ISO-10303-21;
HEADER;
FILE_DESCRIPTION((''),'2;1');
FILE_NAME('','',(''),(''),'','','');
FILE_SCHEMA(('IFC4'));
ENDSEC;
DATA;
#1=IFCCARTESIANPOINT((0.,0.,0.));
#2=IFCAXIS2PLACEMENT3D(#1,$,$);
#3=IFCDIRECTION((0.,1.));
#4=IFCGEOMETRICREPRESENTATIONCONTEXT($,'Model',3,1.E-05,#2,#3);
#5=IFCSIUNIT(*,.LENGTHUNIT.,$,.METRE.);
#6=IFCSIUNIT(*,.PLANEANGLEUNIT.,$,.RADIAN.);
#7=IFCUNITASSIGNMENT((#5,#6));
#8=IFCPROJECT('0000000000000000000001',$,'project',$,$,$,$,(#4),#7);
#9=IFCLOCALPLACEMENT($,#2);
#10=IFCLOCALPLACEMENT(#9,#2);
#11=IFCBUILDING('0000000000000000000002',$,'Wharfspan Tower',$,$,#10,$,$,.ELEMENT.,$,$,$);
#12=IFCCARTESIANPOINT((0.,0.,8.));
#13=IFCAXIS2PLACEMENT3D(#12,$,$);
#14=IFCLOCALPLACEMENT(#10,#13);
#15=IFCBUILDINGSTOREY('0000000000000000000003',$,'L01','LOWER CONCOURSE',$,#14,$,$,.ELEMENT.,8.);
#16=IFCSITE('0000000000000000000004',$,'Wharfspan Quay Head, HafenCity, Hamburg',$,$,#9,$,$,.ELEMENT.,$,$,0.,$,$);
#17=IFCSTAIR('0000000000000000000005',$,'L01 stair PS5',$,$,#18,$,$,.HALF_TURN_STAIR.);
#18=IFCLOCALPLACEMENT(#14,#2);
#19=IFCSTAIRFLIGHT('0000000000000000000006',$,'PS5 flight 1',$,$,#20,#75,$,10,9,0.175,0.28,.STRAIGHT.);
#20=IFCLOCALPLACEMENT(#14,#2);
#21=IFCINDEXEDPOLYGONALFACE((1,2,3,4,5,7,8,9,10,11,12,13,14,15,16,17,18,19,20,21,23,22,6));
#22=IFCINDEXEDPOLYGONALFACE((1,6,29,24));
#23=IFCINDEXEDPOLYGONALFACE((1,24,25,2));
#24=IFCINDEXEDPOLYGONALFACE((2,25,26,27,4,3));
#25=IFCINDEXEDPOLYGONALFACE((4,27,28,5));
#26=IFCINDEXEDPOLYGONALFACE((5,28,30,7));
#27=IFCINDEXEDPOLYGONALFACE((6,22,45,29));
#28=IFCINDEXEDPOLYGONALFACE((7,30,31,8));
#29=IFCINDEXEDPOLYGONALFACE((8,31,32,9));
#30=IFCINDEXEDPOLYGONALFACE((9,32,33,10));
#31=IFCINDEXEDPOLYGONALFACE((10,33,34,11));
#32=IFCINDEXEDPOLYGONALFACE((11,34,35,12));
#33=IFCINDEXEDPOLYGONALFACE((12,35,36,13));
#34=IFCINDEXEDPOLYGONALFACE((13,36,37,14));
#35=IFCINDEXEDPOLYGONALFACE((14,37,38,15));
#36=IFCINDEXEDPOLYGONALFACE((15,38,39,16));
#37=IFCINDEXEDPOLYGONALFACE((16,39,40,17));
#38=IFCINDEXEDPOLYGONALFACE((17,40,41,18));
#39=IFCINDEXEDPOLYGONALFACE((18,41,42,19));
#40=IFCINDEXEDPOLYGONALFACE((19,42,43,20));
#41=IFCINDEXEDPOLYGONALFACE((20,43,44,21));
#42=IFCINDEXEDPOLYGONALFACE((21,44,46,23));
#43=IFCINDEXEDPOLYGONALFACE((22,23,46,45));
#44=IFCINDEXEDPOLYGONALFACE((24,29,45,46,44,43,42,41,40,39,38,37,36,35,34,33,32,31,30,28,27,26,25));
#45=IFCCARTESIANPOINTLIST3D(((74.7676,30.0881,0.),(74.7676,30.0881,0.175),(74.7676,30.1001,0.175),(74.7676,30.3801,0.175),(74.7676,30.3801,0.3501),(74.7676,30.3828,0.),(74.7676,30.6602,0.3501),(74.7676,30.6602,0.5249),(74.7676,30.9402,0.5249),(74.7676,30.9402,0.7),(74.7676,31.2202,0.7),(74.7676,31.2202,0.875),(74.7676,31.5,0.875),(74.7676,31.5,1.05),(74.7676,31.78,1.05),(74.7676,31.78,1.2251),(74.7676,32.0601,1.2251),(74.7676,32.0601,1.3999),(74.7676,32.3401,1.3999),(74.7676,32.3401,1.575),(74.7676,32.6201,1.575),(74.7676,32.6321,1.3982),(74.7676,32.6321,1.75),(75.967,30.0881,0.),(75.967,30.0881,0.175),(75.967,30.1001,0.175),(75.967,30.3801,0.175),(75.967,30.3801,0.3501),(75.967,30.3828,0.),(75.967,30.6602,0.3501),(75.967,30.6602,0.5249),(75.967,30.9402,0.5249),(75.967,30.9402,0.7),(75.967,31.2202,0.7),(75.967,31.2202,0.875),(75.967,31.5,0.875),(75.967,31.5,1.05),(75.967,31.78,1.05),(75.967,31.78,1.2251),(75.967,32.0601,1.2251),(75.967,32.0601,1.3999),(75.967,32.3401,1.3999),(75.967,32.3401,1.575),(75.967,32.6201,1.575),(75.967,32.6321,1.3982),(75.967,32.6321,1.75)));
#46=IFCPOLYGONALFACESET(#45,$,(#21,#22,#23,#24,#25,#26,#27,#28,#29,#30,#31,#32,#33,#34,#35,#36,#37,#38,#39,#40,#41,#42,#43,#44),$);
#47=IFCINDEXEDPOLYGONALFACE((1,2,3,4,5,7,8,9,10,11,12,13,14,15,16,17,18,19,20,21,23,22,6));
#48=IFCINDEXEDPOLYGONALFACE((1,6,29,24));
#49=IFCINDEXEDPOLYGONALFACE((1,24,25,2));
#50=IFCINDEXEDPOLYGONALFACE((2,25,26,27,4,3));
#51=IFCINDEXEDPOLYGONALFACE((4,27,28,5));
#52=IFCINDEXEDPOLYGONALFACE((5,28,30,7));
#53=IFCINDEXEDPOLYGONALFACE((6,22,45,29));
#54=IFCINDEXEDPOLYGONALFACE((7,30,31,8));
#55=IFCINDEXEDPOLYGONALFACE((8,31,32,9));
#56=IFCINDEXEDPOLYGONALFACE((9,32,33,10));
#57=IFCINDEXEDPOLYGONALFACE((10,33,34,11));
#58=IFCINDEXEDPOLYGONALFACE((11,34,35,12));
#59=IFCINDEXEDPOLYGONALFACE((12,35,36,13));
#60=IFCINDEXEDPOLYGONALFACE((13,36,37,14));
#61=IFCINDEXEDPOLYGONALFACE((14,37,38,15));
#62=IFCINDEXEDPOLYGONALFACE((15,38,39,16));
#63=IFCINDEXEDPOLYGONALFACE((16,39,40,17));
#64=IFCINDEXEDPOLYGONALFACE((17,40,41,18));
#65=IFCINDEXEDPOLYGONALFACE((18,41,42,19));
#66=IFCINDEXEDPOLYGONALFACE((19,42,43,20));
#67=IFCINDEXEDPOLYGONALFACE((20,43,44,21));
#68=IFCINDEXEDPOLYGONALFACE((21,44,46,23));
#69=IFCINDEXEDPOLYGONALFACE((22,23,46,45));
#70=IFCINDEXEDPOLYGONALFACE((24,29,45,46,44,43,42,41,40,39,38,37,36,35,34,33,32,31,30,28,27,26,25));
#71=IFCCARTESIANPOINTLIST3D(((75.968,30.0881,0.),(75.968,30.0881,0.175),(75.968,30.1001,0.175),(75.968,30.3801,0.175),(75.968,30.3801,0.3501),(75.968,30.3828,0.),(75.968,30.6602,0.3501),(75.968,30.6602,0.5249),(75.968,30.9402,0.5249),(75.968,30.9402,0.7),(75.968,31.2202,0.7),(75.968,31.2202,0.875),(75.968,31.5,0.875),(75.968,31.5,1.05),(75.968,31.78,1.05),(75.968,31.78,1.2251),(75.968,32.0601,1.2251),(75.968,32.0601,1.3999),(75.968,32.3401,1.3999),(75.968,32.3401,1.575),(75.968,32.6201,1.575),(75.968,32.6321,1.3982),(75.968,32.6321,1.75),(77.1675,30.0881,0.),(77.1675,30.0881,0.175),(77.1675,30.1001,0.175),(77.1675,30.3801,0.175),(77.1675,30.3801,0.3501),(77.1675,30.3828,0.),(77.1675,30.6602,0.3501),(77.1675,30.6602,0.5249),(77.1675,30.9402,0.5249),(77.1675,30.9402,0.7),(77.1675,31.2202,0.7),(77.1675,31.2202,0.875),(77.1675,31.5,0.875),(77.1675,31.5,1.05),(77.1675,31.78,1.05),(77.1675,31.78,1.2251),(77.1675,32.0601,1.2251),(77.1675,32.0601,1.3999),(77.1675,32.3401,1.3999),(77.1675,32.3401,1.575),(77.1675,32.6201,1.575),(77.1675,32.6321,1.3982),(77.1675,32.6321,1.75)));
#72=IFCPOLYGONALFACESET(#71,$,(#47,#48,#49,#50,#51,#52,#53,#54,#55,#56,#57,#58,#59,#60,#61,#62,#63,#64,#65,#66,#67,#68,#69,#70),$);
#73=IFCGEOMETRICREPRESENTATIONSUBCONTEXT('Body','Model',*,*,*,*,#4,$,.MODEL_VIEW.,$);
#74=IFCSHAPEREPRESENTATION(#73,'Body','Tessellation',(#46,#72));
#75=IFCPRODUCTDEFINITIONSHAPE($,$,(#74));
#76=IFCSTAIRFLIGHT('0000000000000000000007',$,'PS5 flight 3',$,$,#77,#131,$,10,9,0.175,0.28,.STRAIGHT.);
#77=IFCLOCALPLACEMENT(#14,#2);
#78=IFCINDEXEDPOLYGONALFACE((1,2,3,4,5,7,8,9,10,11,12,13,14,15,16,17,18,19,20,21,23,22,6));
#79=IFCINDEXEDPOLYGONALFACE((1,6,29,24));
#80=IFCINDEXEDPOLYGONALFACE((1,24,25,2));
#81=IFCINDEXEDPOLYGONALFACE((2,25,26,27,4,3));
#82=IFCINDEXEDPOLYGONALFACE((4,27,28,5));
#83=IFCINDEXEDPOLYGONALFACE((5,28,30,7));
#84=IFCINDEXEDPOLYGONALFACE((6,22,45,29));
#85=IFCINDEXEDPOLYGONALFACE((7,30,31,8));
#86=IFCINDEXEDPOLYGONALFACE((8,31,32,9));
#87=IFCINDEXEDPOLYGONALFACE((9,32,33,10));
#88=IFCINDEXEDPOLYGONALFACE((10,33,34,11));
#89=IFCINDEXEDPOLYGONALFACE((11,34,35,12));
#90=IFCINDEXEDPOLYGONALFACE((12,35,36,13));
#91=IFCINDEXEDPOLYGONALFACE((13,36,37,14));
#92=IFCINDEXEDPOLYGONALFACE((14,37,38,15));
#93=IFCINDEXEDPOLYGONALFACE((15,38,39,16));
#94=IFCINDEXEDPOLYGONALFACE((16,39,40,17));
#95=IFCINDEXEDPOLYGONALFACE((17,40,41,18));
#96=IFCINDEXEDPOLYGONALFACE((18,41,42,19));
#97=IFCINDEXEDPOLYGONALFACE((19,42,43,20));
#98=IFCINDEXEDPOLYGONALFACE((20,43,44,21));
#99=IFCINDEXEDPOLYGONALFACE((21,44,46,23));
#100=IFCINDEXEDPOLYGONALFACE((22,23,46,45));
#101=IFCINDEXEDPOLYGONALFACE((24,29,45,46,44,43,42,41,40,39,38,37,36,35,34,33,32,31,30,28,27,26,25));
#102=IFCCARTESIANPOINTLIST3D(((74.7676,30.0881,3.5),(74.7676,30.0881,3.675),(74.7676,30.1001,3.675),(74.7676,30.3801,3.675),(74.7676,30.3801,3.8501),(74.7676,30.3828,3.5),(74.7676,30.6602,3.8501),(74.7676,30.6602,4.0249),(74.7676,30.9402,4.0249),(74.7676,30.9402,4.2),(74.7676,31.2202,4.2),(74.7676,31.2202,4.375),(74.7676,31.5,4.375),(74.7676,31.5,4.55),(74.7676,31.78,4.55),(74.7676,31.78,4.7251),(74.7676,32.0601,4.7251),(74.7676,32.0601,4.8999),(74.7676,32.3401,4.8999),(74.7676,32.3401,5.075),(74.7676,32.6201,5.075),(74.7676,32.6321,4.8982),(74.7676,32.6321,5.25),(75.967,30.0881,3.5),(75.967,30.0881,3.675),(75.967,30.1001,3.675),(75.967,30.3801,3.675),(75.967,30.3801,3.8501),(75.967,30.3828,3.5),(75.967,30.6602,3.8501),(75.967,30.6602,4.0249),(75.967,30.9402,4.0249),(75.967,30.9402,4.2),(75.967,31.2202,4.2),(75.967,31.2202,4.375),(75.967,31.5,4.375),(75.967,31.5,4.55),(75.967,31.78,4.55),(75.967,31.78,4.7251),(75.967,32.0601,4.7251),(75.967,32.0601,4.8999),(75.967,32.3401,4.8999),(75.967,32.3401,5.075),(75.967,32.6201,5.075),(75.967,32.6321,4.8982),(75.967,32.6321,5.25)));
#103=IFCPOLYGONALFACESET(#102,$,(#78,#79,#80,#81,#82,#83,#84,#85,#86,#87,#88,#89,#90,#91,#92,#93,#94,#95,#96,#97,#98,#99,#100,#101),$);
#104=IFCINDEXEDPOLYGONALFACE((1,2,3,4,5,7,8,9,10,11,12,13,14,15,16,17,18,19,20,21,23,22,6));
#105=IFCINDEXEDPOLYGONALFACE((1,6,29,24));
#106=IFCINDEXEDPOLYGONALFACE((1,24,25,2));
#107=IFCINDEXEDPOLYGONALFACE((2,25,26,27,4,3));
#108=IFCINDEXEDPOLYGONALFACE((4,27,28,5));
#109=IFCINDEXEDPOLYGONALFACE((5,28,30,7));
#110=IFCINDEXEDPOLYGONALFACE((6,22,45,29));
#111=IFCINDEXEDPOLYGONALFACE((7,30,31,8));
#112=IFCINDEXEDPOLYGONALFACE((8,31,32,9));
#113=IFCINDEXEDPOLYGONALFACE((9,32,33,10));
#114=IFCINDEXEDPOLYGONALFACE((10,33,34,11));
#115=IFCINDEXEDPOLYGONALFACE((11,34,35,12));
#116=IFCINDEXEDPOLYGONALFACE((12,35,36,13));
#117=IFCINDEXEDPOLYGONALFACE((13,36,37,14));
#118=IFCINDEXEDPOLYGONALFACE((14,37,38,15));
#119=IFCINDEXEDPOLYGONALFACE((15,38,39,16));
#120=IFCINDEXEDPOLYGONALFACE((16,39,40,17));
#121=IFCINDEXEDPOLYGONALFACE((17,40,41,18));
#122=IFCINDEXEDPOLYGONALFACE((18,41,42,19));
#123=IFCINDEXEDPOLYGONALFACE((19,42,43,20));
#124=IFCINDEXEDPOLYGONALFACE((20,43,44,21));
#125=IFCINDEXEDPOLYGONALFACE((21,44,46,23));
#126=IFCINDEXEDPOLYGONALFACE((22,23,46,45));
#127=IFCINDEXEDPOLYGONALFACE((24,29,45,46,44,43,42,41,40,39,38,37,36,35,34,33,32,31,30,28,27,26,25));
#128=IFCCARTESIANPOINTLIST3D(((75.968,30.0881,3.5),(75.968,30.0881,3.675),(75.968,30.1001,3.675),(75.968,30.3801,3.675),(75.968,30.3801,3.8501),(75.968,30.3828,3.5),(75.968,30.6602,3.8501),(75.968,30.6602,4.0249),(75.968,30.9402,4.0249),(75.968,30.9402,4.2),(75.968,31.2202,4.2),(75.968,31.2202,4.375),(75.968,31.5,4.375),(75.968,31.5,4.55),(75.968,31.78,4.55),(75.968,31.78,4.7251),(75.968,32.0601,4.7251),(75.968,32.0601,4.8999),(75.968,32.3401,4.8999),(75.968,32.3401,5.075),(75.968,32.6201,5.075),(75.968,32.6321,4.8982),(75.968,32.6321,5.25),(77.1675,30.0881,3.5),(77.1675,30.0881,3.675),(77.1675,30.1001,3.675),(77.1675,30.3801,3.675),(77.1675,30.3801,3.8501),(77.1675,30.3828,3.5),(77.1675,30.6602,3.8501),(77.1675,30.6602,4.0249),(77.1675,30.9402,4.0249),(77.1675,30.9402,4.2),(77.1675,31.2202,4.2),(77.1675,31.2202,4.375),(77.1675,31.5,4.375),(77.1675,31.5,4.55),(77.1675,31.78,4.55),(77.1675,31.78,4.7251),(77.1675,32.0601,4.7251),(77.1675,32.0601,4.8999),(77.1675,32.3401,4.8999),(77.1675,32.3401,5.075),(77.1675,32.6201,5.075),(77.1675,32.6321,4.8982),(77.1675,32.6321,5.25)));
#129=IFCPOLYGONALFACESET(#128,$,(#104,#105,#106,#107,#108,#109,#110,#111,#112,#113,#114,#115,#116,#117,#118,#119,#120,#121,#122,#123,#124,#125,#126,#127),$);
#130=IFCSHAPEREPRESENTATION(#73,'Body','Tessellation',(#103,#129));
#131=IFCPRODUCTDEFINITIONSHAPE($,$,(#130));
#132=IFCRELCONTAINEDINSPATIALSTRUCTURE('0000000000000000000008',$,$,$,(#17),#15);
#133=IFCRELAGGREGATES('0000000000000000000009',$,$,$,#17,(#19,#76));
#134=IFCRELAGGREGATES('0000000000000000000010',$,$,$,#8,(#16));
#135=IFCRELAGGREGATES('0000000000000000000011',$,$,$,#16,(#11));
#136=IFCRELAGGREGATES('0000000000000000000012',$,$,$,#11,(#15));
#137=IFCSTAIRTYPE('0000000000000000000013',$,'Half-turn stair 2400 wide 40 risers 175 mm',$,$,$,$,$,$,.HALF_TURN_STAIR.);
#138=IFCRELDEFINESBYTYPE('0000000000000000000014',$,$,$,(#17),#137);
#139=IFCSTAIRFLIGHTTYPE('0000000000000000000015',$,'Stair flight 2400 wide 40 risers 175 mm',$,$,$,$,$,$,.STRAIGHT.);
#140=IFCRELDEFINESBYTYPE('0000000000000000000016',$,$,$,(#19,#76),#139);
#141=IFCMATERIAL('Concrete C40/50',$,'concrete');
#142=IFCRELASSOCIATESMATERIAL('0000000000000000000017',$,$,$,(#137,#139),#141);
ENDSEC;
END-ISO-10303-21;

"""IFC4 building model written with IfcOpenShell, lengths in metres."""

from ifc_helpers import new_model, si_unit, direction, frame, origin, place, context, subcontext, project, spatial, polyline, outline, extrude, material, type_object, element, aggregate, save


model = new_model("IFC4")

# Units and contexts
model_context = context("Model", 3, precision=1e-05, world=origin(), true_north=direction((0.0, 1.0)))
body_context = subcontext(model_context, "Body", "Model", "MODEL_VIEW")
ifc_project = project(units=[si_unit("LENGTHUNIT", "METRE"), si_unit("PLANEANGLEUNIT", "RADIAN")], contexts=[model_context])

# Site, building, storey
site_placement = place(None, origin())
site = spatial("IfcSite", under=ifc_project, at=site_placement, Name="Wharfspan Quay Head, HafenCity, Hamburg", CompositionType="ELEMENT", RefElevation=0.0)
building_placement = place(site_placement, origin())
building = spatial("IfcBuilding", under=site, at=building_placement, Name="Wharfspan Tower", CompositionType="ELEMENT")
storey_placement = place(building_placement, frame((0.0, 0.0, 8.0)))
storey = spatial("IfcBuildingStorey", under=building, at=storey_placement, Name="L01", Description="LOWER CONCOURSE", CompositionType="ELEMENT", Elevation=8.0)

# Shared definitions
ifc_material_1 = material(Name="Concrete C40/50", Category="concrete")

# Stair, stair flights
stair_type = type_object("IfcStairType", Name="Half-turn stair 2400 wide 40 risers 175 mm", PredefinedType="HALF_TURN_STAIR", material=ifc_material_1)
stair_flight_type = type_object("IfcStairFlightType", Name="Stair flight 2400 wide 40 risers 175 mm", PredefinedType="STRAIGHT", material=ifc_material_1)
stair_1_placement = place(storey_placement, origin())
stair_1 = element("IfcStair", 1, at=stair_1_placement, inside=storey, type_object=stair_type, Name="L01 stair PS5", PredefinedType="HALF_TURN_STAIR")
stair_flight_1_placement = place(storey_placement, frame((75.9675, 30.1001, 0.0), z_axis=(0.0, 0.0, 1.0), x_axis=(0.0, 1.0, 0.0)))
stair_flight_1 = element("IfcStairFlight", 2, at=stair_flight_1_placement, type_object=stair_flight_type, Name="PS5 flight 1", NumberOfRisers=10, NumberOfTreads=9, PredefinedType="STRAIGHT", RiserHeight=0.175, TreadLength=0.28, context=body_context, shape_type="SweptSolid", body=[
    extrude(outline(polyline([(-0.012, 0.0), (-0.012, 0.175), (0.0, 0.175), (0.28, 0.175), (0.28, 0.3501), (0.5601, 0.3501), (0.5601, 0.5249), (0.8401, 0.5249), (0.8401, 0.7), (1.1201, 0.7), (1.1201, 0.875), (1.3999, 0.875), (1.3999, 1.05), (1.6799, 1.05), (1.6799, 1.2251), (1.96, 1.2251), (1.96, 1.3999), (2.24, 1.3999), (2.24, 1.575), (2.52, 1.575), (2.532, 1.75), (2.532, 1.3982), (0.2827, 0.0), (-0.012, 0.0)])), frame((0.0, 1.2, 0.0), z_axis=(0.0, -1.0, 0.0), x_axis=(1.0, 0.0, 0.0)), (0.0, 0.0, 1.0), 1.1995),
    extrude(outline(polyline([(-0.012, 0.0), (-0.012, 0.175), (0.0, 0.175), (0.28, 0.175), (0.28, 0.3501), (0.5601, 0.3501), (0.5601, 0.5249), (0.8401, 0.5249), (0.8401, 0.7), (1.1201, 0.7), (1.1201, 0.875), (1.3999, 0.875), (1.3999, 1.05), (1.6799, 1.05), (1.6799, 1.2251), (1.96, 1.2251), (1.96, 1.3999), (2.24, 1.3999), (2.24, 1.575), (2.52, 1.575), (2.532, 1.75), (2.532, 1.3982), (0.2827, 0.0), (-0.012, 0.0)])), frame((0.0, -0.0005, 0.0), z_axis=(0.0, -1.0, 0.0), x_axis=(1.0, 0.0, 0.0)), (0.0, 0.0, 1.0), 1.1995),
])
stair_flight_2_placement = place(storey_placement, frame((75.9675, 30.1001, 3.5), z_axis=(0.0, 0.0, 1.0), x_axis=(0.0, 1.0, 0.0)))
stair_flight_2 = element("IfcStairFlight", 3, at=stair_flight_2_placement, type_object=stair_flight_type, Name="PS5 flight 3", NumberOfRisers=10, NumberOfTreads=9, PredefinedType="STRAIGHT", RiserHeight=0.175, TreadLength=0.28, context=body_context, shape_type="SweptSolid", body=[
    extrude(outline(polyline([(-0.012, 0.0), (-0.012, 0.175), (0.0, 0.175), (0.28, 0.175), (0.28, 0.3501), (0.5601, 0.3501), (0.5601, 0.5249), (0.8401, 0.5249), (0.8401, 0.7), (1.1201, 0.7), (1.1201, 0.875), (1.3999, 0.875), (1.3999, 1.05), (1.6799, 1.05), (1.6799, 1.2251), (1.96, 1.2251), (1.96, 1.3999), (2.24, 1.3999), (2.24, 1.575), (2.52, 1.575), (2.532, 1.75), (2.532, 1.3982), (0.2827, 0.0), (-0.012, 0.0)])), frame((0.0, 1.2, 0.0), z_axis=(0.0, -1.0, 0.0), x_axis=(1.0, 0.0, 0.0)), (0.0, 0.0, 1.0), 1.1995),
    extrude(outline(polyline([(-0.012, 0.0), (-0.012, 0.175), (0.0, 0.175), (0.28, 0.175), (0.28, 0.3501), (0.5601, 0.3501), (0.5601, 0.5249), (0.8401, 0.5249), (0.8401, 0.7), (1.1201, 0.7), (1.1201, 0.875), (1.3999, 0.875), (1.3999, 1.05), (1.6799, 1.05), (1.6799, 1.2251), (1.96, 1.2251), (1.96, 1.3999), (2.24, 1.3999), (2.24, 1.575), (2.52, 1.575), (2.532, 1.75), (2.532, 1.3982), (0.2827, 0.0), (-0.012, 0.0)])), frame((0.0, -0.0005, 0.0), z_axis=(0.0, -1.0, 0.0), x_axis=(1.0, 0.0, 0.0)), (0.0, 0.0, 1.0), 1.1995),
])
aggregate(stair_1, [stair_flight_1, stair_flight_2])

save(model, "model.ifc")
